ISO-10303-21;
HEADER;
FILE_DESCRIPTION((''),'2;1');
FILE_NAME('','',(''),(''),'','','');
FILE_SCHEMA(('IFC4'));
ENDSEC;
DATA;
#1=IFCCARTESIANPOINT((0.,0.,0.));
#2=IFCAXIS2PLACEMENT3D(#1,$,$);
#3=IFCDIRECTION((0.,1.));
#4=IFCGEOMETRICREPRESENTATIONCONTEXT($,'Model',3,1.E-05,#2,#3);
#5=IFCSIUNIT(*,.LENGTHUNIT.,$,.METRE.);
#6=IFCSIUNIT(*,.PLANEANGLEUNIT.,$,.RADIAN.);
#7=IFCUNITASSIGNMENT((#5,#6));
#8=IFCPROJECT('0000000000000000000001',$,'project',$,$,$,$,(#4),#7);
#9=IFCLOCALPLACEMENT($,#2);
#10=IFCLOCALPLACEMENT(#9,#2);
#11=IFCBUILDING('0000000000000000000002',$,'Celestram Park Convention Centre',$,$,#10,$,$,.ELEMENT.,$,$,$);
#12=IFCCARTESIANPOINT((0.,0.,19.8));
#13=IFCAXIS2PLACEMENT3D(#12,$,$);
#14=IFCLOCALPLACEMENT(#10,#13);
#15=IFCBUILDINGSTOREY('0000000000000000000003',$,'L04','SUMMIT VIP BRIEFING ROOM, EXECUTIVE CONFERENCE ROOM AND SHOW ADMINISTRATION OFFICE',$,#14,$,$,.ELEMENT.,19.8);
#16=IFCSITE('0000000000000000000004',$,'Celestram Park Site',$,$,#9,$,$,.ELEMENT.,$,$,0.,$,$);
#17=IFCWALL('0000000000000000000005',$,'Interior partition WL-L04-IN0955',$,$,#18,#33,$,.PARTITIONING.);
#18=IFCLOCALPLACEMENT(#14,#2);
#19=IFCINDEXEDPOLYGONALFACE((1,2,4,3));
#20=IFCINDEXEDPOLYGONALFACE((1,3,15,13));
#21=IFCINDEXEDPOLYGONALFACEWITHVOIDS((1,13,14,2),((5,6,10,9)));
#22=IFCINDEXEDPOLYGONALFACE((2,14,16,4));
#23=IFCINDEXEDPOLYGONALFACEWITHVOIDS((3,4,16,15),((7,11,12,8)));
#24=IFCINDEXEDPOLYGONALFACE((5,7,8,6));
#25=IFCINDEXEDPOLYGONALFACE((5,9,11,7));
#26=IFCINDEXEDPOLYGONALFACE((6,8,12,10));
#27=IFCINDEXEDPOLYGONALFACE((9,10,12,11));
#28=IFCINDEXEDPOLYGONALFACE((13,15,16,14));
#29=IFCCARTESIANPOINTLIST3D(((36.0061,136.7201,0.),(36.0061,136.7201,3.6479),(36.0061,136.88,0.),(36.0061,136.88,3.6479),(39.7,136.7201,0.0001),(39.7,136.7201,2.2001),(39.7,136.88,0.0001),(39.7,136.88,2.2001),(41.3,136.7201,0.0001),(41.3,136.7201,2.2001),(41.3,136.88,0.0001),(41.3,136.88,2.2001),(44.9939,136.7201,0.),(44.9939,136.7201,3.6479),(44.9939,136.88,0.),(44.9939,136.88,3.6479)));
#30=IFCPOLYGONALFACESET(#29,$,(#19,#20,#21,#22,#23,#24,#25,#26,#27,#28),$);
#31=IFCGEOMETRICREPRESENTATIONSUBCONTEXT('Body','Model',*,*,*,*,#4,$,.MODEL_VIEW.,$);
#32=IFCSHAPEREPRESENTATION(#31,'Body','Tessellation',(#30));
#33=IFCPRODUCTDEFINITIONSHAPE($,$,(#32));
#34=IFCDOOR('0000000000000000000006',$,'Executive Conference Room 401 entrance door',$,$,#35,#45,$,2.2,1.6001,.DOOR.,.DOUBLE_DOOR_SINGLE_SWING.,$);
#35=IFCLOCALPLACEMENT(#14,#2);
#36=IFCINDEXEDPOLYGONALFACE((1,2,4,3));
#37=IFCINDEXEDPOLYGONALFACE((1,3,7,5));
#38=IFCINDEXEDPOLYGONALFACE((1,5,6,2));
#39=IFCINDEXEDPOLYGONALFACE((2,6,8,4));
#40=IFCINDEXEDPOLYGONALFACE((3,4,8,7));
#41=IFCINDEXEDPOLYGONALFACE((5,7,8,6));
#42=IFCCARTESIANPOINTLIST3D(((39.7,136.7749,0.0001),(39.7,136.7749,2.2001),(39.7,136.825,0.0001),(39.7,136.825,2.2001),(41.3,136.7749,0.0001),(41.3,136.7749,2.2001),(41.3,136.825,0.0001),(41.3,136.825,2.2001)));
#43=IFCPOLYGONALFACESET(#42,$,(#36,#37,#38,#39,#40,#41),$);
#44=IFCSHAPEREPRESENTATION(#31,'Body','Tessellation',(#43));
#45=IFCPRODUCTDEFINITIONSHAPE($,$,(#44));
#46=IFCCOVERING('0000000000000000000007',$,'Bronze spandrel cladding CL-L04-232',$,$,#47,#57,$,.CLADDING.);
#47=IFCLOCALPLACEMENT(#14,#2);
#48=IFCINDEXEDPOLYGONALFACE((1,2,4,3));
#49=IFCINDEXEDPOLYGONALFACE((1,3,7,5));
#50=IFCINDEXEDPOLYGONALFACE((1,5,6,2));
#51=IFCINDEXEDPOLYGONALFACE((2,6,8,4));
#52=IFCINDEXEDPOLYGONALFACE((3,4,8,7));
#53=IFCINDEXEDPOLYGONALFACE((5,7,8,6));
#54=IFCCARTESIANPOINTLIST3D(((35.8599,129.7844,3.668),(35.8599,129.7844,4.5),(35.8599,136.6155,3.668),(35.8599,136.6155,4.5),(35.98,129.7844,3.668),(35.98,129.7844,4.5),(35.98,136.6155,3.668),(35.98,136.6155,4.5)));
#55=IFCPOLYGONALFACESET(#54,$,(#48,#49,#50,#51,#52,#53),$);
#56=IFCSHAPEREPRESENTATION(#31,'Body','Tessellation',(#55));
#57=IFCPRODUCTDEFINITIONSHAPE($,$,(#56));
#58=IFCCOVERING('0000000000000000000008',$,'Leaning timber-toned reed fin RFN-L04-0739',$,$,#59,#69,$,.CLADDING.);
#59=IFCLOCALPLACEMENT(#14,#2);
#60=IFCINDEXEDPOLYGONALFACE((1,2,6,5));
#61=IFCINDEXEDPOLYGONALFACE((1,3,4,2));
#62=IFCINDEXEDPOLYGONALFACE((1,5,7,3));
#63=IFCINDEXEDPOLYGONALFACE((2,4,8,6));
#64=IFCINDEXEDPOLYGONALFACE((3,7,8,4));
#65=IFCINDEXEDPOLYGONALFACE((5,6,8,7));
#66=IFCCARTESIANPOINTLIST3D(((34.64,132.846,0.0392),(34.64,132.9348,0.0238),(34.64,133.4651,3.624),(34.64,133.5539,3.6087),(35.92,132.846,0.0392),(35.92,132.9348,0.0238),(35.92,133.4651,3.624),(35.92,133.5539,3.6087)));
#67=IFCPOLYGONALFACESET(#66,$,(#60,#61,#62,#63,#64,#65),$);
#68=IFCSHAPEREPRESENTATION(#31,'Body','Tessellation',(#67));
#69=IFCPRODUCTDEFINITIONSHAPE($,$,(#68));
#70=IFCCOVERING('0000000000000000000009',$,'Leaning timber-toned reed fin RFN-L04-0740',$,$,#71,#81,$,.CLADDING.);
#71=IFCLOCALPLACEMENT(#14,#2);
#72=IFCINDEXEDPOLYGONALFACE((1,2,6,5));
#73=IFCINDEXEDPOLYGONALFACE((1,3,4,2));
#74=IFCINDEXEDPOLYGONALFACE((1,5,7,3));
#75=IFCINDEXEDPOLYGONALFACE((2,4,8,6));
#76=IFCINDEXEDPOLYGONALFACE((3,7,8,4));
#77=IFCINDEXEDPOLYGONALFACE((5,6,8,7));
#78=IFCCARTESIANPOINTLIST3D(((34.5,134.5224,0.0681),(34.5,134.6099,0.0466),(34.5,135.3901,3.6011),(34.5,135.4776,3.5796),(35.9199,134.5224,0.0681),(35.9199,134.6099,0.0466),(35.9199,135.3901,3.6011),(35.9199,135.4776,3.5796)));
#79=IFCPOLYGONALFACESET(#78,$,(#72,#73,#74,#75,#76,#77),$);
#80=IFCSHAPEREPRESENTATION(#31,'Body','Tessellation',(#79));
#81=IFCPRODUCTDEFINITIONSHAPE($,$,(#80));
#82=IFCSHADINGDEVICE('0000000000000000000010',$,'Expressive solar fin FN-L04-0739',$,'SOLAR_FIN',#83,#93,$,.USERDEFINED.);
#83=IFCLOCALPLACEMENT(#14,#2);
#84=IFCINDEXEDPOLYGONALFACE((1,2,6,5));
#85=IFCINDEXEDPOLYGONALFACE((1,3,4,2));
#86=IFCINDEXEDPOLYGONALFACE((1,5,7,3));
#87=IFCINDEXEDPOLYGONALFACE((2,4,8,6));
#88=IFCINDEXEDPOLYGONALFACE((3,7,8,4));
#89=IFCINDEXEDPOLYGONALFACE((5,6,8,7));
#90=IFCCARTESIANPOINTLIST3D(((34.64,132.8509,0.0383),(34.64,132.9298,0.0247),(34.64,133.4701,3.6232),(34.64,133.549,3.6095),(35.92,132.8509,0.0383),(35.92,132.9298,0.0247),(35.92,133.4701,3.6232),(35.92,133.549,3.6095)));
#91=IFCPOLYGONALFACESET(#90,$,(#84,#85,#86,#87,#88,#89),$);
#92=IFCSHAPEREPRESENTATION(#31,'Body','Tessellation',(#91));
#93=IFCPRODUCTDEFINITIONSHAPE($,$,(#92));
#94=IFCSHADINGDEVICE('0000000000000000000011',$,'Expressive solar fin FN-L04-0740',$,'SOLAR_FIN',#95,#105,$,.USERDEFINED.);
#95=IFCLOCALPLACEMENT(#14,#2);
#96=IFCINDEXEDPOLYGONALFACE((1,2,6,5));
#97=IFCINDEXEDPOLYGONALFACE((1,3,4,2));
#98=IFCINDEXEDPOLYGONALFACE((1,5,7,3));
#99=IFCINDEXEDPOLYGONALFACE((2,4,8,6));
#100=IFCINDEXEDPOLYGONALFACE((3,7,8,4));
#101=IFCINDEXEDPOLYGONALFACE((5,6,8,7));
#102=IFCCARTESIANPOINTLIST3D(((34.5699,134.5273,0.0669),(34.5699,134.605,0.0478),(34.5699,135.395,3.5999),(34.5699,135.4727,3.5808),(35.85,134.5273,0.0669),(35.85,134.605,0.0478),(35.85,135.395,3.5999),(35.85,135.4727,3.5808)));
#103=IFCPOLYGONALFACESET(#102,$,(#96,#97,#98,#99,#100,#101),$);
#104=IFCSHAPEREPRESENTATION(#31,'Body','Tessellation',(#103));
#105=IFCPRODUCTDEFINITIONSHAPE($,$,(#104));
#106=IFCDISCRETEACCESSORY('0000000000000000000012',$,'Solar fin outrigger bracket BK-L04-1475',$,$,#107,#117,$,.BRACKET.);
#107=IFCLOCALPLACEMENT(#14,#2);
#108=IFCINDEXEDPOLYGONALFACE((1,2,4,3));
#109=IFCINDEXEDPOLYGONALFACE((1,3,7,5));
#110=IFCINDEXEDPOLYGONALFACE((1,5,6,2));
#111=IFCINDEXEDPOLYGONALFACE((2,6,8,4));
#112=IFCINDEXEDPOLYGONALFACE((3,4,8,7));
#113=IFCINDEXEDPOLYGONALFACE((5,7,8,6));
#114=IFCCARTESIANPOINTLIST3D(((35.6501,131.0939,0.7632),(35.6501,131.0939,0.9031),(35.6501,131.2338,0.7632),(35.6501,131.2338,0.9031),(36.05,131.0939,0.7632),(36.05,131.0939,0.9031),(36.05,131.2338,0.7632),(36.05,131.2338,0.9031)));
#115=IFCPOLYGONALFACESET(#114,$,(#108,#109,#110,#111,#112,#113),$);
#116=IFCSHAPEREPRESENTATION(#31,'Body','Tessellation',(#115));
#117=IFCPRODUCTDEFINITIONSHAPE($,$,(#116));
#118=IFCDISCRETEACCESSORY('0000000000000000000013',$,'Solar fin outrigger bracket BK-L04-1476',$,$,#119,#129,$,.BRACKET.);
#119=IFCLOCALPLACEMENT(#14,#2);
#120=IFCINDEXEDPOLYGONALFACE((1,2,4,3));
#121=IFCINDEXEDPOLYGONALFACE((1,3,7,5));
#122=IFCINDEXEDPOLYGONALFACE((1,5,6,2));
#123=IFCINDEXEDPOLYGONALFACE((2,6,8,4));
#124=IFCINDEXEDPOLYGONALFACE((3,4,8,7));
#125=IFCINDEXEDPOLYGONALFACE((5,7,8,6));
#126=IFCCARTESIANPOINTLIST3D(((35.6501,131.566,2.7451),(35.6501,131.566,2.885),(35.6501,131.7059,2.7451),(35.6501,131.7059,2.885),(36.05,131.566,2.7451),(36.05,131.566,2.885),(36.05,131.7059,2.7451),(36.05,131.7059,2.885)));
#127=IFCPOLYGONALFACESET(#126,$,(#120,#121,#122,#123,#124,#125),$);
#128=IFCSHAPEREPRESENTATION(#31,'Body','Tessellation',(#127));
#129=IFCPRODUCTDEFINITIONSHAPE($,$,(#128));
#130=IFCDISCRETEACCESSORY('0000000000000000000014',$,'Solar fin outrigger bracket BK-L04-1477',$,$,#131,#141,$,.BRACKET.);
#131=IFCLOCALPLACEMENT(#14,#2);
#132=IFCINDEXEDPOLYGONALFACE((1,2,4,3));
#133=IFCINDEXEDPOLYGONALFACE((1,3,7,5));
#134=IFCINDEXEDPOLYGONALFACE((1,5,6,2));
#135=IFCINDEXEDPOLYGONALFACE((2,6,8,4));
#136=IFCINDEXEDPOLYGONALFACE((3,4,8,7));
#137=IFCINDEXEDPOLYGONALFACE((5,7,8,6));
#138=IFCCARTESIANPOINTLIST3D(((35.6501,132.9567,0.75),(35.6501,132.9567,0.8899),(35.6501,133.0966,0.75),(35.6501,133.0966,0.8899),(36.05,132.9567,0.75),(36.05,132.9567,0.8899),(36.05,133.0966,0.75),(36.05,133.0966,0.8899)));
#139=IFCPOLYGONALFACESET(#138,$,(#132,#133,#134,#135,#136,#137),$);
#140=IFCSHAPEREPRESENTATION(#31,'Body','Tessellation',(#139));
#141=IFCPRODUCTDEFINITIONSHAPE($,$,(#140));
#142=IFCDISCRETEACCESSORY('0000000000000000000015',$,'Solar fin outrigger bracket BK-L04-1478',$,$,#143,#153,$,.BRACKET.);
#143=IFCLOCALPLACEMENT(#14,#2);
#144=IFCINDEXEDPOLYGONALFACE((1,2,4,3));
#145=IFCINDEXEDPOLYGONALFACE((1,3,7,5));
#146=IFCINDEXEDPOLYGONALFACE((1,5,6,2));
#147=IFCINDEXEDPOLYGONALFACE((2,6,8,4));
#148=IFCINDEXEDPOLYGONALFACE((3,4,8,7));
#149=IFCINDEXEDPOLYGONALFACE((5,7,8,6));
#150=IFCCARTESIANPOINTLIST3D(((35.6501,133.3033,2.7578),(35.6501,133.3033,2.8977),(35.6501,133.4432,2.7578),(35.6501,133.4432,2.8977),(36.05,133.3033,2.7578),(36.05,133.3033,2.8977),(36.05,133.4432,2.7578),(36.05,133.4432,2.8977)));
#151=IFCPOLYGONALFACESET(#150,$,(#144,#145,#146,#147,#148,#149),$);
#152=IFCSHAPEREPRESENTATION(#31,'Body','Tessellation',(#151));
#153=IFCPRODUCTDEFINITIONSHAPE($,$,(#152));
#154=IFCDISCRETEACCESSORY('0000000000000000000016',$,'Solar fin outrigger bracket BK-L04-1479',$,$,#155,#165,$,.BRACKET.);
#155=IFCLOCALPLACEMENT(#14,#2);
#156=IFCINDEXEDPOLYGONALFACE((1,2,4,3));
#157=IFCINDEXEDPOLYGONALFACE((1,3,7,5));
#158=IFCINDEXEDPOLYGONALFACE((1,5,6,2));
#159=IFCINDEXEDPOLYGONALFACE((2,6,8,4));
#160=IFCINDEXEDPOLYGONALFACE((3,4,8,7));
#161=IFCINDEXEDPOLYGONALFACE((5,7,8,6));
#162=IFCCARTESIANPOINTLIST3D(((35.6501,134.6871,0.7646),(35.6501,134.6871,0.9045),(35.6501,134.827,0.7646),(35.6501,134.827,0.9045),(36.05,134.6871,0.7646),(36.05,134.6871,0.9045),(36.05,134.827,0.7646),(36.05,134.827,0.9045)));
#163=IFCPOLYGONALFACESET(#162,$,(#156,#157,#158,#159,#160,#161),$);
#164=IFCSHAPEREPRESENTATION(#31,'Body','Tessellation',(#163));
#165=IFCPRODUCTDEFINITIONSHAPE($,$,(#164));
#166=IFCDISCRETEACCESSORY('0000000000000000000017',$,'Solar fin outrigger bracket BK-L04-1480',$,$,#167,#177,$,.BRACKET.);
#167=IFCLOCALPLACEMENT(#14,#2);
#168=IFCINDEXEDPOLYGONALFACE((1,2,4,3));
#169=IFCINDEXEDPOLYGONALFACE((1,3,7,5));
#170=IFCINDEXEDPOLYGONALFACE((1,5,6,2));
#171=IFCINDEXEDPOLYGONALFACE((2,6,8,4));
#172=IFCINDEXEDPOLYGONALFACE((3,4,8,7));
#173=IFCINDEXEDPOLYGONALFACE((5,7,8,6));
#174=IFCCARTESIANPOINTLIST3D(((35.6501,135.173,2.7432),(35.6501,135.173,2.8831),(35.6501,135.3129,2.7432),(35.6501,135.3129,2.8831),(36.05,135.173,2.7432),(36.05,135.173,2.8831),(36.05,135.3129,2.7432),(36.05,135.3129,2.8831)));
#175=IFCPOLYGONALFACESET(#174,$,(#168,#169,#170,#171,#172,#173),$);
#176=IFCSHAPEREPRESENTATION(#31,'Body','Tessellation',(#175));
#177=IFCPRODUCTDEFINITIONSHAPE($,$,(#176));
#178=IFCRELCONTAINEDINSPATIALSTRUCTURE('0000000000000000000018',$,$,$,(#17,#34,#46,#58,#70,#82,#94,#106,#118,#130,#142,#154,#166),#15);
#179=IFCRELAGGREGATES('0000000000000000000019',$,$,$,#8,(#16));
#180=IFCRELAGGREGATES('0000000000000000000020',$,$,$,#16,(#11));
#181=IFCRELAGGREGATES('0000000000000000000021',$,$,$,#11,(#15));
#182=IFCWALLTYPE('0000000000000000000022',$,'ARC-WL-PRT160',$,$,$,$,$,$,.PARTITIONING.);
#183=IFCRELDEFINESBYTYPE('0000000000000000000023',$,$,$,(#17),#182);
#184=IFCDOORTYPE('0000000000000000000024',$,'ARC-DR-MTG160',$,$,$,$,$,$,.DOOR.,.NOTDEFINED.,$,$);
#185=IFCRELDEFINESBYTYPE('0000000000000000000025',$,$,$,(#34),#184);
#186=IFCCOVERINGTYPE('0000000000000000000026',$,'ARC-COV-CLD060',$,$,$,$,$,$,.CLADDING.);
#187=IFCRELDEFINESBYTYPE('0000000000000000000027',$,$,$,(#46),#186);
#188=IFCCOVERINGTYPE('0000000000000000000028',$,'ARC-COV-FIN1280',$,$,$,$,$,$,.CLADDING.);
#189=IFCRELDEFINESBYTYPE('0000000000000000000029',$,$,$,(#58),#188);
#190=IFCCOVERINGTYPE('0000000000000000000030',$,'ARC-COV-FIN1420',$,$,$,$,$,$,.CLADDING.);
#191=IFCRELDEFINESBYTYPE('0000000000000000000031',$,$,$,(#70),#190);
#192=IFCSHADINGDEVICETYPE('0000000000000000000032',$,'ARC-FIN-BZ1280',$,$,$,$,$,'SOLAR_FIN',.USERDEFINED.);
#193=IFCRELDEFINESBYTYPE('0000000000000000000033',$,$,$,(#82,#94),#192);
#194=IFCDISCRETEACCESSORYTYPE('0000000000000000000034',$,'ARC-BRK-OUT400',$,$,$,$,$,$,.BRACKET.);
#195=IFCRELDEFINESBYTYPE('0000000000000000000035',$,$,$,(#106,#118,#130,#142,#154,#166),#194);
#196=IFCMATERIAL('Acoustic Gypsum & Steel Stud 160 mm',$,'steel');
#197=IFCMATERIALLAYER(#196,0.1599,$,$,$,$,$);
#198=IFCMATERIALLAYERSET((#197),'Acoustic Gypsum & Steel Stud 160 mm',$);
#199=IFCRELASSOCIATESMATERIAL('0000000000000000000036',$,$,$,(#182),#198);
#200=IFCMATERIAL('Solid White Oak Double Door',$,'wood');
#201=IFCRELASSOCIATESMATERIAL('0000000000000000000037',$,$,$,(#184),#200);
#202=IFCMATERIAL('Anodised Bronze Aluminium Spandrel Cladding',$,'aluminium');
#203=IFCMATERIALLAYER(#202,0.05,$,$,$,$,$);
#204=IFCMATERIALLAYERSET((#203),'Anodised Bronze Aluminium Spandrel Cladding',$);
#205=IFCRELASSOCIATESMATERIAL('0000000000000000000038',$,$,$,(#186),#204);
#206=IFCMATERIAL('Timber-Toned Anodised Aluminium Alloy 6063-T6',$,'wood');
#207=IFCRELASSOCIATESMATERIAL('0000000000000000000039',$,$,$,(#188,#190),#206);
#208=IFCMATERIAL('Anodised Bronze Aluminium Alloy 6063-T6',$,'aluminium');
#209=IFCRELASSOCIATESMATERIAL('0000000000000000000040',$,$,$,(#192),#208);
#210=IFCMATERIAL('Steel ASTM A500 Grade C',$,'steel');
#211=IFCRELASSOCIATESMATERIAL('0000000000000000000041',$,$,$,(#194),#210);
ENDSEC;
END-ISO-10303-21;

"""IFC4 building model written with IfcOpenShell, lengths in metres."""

from ifc_helpers import new_model, si_unit, direction, frame, frame_2d, origin, origin_2d, place, context, subcontext, project, spatial, rectangle, extrude, material, layer, layer_set, material_profile, profile_set, type_object, element, fill, save


model = new_model("IFC4")

# Units and contexts
model_context = context("Model", 3, precision=1e-05, world=origin(), true_north=direction((0.0, 1.0)))
body_context = subcontext(model_context, "Body", "Model", "MODEL_VIEW")
ifc_project = project(units=[si_unit("LENGTHUNIT", "METRE"), si_unit("PLANEANGLEUNIT", "RADIAN")], contexts=[model_context])

# Site, building, storey
site_placement = place(None, origin())
site = spatial("IfcSite", under=ifc_project, at=site_placement, Name="Celestram Park Site", CompositionType="ELEMENT", RefElevation=0.0)
building_placement = place(site_placement, origin())
building = spatial("IfcBuilding", under=site, at=building_placement, Name="Celestram Park Convention Centre", CompositionType="ELEMENT")
storey_placement = place(building_placement, frame((0.0, 0.0, 19.8)))
storey = spatial("IfcBuildingStorey", under=building, at=storey_placement, Name="L04", Description="SUMMIT VIP BRIEFING ROOM, EXECUTIVE CONFERENCE ROOM AND SHOW ADMINISTRATION OFFICE", CompositionType="ELEMENT", Elevation=19.8)

# Wall, opening, door
ifc_material_1 = material(Name="Acoustic Gypsum & Steel Stud 160 mm", Category="steel")
ifc_layer_1 = layer(ifc_material_1, 0.1599)
ifc_layer_set_1 = layer_set([ifc_layer_1], Name="Acoustic Gypsum & Steel Stud 160 mm")
wall_type = type_object("IfcWallType", Name="ARC-WL-PRT160", PredefinedType="PARTITIONING", material=ifc_layer_set_1)
wall_placement = place(storey_placement, frame((36.0061, 136.8, 0.0), z_axis=(0.0, 0.0, 1.0), x_axis=(1.0, 0.0, 0.0)))
wall = element("IfcWall", 1, at=wall_placement, inside=storey, type_object=wall_type, Name="Interior partition WL-L04-IN0955", PredefinedType="PARTITIONING", context=body_context, shape_type="SweptSolid", body=[
    extrude(rectangle(XDim=8.9878, YDim=0.1599, at=frame_2d((4.4939, 0.0))), origin(), (0.0, 0.0, 1.0), 3.6479),
])
opening_placement = place(wall_placement, frame((3.6938, 0.0, 0.0)))
opening = element("IfcOpeningElement", 2, at=opening_placement, cuts=wall, PredefinedType="OPENING", context=body_context, shape_type="SweptSolid", body=[
    extrude(rectangle(XDim=1.6001, YDim=2.2, at=frame_2d((0.8, 1.1001))), frame((0.0, 0.0898, 0.0), z_axis=(0.0, -1.0, 0.0), x_axis=(1.0, 0.0, 0.0)), (0.0, 0.0, 1.0), 0.1799),
])
ifc_material_2 = material(Name="Solid White Oak Double Door", Category="wood")
door_type = type_object("IfcDoorType", Name="ARC-DR-MTG160", OperationType="NOTDEFINED", PredefinedType="DOOR", material=ifc_material_2)
door_placement = place(opening_placement, origin())
door = element("IfcDoor", 3, at=door_placement, inside=storey, type_object=door_type, Name="Executive Conference Room 401 entrance door", OperationType="DOUBLE_DOOR_SINGLE_SWING", OverallHeight=2.2, OverallWidth=1.6001, PredefinedType="DOOR", context=body_context, shape_type="SweptSolid", body=[
    extrude(rectangle(XDim=1.6001, YDim=2.2, at=frame_2d((0.8, 1.1001))), frame((0.0, 0.0249, 0.0), z_axis=(0.0, -1.0, 0.0), x_axis=(1.0, 0.0, 0.0)), (0.0, 0.0, 1.0), 0.05),
])
fill(opening, door)

# Coverings
ifc_material_3 = material(Name="Anodised Bronze Aluminium Spandrel Cladding", Category="aluminium")
ifc_layer_2 = layer(ifc_material_3, 0.05)
ifc_layer_set_2 = layer_set([ifc_layer_2], Name="Anodised Bronze Aluminium Spandrel Cladding")
covering_type_1 = type_object("IfcCoveringType", Name="ARC-COV-CLD060", PredefinedType="CLADDING", material=ifc_layer_set_2)
covering_1_placement = place(storey_placement, frame((35.9199, 133.2, 3.668), z_axis=(0.0, 0.0, 1.0), x_axis=(0.0, 1.0, 0.0)))
element("IfcCovering", 4, at=covering_1_placement, inside=storey, type_object=covering_type_1, Name="Bronze spandrel cladding CL-L04-232", PredefinedType="CLADDING", context=body_context, shape_type="SweptSolid", body=[
    extrude(rectangle(XDim=6.8311, YDim=0.1201, at=origin_2d()), origin(), (0.0, 0.0, 1.0), 0.832),
])
ifc_material_4 = material(Name="Timber-Toned Anodised Aluminium Alloy 6063-T6", Category="wood")
ifc_material_profile_1 = material_profile(ifc_material_4, rectangle(XDim=1.28, YDim=0.0901, at=origin_2d()), Name="REED1280X90")
ifc_profile_set_1 = profile_set([ifc_material_profile_1], Name="Timber-Toned Anodised Aluminium Alloy 6063-T6")
covering_type_2 = type_object("IfcCoveringType", Name="ARC-COV-FIN1280", PredefinedType="CLADDING", material=ifc_profile_set_1)
covering_2_placement = place(storey_placement, frame((35.28, 132.8904, 0.0315), z_axis=(0.0, 0.170186, 0.985412), x_axis=(-1.0, 0.0, 0.0)))
element("IfcCovering", 5, at=covering_2_placement, inside=storey, type_object=covering_type_2, Name="Leaning timber-toned reed fin RFN-L04-0739", PredefinedType="CLADDING", context=body_context, shape_type="SweptSolid", body=[
    extrude(rectangle(XDim=1.28, YDim=0.0901, at=origin_2d()), origin(), (0.0, 0.0, 1.0), 3.6379),
])
ifc_material_profile_2 = material_profile(ifc_material_4, rectangle(XDim=1.4199, YDim=0.0901, at=origin_2d()), Name="REED1420X90")
ifc_profile_set_2 = profile_set([ifc_material_profile_2], Name="Timber-Toned Anodised Aluminium Alloy 6063-T6")
covering_type_3 = type_object("IfcCoveringType", Name="ARC-COV-FIN1420", PredefinedType="CLADDING", material=ifc_profile_set_2)
covering_3_placement = place(storey_placement, frame((35.21, 134.5662, 0.0574), z_axis=(0.0, 0.238507, 0.971141), x_axis=(-1.0, 0.0, 0.0)))
element("IfcCovering", 6, at=covering_3_placement, inside=storey, type_object=covering_type_3, Name="Leaning timber-toned reed fin RFN-L04-0740", PredefinedType="CLADDING", context=body_context, shape_type="SweptSolid", body=[
    extrude(rectangle(XDim=1.4199, YDim=0.0901, at=origin_2d()), origin(), (0.0, 0.0, 1.0), 3.6379),
])

# Shading devices
ifc_material_5 = material(Name="Anodised Bronze Aluminium Alloy 6063-T6", Category="aluminium")
ifc_material_profile_3 = material_profile(ifc_material_5, rectangle(XDim=1.28, YDim=0.0801, at=origin_2d()), Name="FIN1280X80")
ifc_profile_set_3 = profile_set([ifc_material_profile_3], Name="Anodised Bronze Aluminium Alloy 6063-T6")
shading_device_type = type_object("IfcShadingDeviceType", Name="ARC-FIN-BZ1280", ElementType="SOLAR_FIN", PredefinedType="USERDEFINED", material=ifc_profile_set_3)
for number, where, z_axis, x_axis, name in (
    (7, (35.28, 132.8904, 0.0315), (0.0, 0.170186, 0.985412), (-1.0, 0.0, 0.0), "Expressive solar fin FN-L04-0739"),
    (8, (35.21, 134.5662, 0.0574), (0.0, 0.238507, 0.971141), (-1.0, 0.0, 0.0), "Expressive solar fin FN-L04-0740"),
):
    element("IfcShadingDevice", number, at=place(storey_placement, frame(where, z_axis=z_axis, x_axis=x_axis)), inside=storey, type_object=shading_device_type, Name=name, ObjectType="SOLAR_FIN", PredefinedType="USERDEFINED", context=body_context, shape_type="SweptSolid", body=[
        extrude(rectangle(XDim=1.28, YDim=0.0801, at=origin_2d()), origin(), (0.0, 0.0, 1.0), 3.6379),
    ])

# Discrete accessories
ifc_material_6 = material(Name="Steel ASTM A500 Grade C", Category="steel")
discrete_accessory_type = type_object("IfcDiscreteAccessoryType", Name="ARC-BRK-OUT400", PredefinedType="BRACKET", material=ifc_material_6)
for number, where, z_axis, x_axis, name in (
    (9, (35.8501, 131.1638, 0.7632), (0.0, 0.0, 1.0), (-1.0, 0.0, 0.0), "Solar fin outrigger bracket BK-L04-1475"),
    (10, (35.8501, 131.636, 2.7451), (0.0, 0.0, 1.0), (-1.0, 0.0, 0.0), "Solar fin outrigger bracket BK-L04-1476"),
    (11, (35.8501, 133.0266, 0.75), (0.0, 0.0, 1.0), (-1.0, 0.0, 0.0), "Solar fin outrigger bracket BK-L04-1477"),
    (12, (35.8501, 133.3733, 2.7578), (0.0, 0.0, 1.0), (-1.0, 0.0, 0.0), "Solar fin outrigger bracket BK-L04-1478"),
    (13, (35.8501, 134.7571, 0.7646), (0.0, 0.0, 1.0), (-1.0, 0.0, 0.0), "Solar fin outrigger bracket BK-L04-1479"),
    (14, (35.8501, 135.2429, 2.7432), (0.0, 0.0, 1.0), (-1.0, 0.0, 0.0), "Solar fin outrigger bracket BK-L04-1480"),
):
    element("IfcDiscreteAccessory", number, at=place(storey_placement, frame(where, z_axis=z_axis, x_axis=x_axis)), inside=storey, type_object=discrete_accessory_type, Name=name, PredefinedType="BRACKET", context=body_context, shape_type="SweptSolid", body=[
        extrude(rectangle(XDim=0.3999, YDim=0.1399, at=origin_2d()), origin(), (0.0, 0.0, 1.0), 0.1399),
    ])

save(model, "model.ifc")
